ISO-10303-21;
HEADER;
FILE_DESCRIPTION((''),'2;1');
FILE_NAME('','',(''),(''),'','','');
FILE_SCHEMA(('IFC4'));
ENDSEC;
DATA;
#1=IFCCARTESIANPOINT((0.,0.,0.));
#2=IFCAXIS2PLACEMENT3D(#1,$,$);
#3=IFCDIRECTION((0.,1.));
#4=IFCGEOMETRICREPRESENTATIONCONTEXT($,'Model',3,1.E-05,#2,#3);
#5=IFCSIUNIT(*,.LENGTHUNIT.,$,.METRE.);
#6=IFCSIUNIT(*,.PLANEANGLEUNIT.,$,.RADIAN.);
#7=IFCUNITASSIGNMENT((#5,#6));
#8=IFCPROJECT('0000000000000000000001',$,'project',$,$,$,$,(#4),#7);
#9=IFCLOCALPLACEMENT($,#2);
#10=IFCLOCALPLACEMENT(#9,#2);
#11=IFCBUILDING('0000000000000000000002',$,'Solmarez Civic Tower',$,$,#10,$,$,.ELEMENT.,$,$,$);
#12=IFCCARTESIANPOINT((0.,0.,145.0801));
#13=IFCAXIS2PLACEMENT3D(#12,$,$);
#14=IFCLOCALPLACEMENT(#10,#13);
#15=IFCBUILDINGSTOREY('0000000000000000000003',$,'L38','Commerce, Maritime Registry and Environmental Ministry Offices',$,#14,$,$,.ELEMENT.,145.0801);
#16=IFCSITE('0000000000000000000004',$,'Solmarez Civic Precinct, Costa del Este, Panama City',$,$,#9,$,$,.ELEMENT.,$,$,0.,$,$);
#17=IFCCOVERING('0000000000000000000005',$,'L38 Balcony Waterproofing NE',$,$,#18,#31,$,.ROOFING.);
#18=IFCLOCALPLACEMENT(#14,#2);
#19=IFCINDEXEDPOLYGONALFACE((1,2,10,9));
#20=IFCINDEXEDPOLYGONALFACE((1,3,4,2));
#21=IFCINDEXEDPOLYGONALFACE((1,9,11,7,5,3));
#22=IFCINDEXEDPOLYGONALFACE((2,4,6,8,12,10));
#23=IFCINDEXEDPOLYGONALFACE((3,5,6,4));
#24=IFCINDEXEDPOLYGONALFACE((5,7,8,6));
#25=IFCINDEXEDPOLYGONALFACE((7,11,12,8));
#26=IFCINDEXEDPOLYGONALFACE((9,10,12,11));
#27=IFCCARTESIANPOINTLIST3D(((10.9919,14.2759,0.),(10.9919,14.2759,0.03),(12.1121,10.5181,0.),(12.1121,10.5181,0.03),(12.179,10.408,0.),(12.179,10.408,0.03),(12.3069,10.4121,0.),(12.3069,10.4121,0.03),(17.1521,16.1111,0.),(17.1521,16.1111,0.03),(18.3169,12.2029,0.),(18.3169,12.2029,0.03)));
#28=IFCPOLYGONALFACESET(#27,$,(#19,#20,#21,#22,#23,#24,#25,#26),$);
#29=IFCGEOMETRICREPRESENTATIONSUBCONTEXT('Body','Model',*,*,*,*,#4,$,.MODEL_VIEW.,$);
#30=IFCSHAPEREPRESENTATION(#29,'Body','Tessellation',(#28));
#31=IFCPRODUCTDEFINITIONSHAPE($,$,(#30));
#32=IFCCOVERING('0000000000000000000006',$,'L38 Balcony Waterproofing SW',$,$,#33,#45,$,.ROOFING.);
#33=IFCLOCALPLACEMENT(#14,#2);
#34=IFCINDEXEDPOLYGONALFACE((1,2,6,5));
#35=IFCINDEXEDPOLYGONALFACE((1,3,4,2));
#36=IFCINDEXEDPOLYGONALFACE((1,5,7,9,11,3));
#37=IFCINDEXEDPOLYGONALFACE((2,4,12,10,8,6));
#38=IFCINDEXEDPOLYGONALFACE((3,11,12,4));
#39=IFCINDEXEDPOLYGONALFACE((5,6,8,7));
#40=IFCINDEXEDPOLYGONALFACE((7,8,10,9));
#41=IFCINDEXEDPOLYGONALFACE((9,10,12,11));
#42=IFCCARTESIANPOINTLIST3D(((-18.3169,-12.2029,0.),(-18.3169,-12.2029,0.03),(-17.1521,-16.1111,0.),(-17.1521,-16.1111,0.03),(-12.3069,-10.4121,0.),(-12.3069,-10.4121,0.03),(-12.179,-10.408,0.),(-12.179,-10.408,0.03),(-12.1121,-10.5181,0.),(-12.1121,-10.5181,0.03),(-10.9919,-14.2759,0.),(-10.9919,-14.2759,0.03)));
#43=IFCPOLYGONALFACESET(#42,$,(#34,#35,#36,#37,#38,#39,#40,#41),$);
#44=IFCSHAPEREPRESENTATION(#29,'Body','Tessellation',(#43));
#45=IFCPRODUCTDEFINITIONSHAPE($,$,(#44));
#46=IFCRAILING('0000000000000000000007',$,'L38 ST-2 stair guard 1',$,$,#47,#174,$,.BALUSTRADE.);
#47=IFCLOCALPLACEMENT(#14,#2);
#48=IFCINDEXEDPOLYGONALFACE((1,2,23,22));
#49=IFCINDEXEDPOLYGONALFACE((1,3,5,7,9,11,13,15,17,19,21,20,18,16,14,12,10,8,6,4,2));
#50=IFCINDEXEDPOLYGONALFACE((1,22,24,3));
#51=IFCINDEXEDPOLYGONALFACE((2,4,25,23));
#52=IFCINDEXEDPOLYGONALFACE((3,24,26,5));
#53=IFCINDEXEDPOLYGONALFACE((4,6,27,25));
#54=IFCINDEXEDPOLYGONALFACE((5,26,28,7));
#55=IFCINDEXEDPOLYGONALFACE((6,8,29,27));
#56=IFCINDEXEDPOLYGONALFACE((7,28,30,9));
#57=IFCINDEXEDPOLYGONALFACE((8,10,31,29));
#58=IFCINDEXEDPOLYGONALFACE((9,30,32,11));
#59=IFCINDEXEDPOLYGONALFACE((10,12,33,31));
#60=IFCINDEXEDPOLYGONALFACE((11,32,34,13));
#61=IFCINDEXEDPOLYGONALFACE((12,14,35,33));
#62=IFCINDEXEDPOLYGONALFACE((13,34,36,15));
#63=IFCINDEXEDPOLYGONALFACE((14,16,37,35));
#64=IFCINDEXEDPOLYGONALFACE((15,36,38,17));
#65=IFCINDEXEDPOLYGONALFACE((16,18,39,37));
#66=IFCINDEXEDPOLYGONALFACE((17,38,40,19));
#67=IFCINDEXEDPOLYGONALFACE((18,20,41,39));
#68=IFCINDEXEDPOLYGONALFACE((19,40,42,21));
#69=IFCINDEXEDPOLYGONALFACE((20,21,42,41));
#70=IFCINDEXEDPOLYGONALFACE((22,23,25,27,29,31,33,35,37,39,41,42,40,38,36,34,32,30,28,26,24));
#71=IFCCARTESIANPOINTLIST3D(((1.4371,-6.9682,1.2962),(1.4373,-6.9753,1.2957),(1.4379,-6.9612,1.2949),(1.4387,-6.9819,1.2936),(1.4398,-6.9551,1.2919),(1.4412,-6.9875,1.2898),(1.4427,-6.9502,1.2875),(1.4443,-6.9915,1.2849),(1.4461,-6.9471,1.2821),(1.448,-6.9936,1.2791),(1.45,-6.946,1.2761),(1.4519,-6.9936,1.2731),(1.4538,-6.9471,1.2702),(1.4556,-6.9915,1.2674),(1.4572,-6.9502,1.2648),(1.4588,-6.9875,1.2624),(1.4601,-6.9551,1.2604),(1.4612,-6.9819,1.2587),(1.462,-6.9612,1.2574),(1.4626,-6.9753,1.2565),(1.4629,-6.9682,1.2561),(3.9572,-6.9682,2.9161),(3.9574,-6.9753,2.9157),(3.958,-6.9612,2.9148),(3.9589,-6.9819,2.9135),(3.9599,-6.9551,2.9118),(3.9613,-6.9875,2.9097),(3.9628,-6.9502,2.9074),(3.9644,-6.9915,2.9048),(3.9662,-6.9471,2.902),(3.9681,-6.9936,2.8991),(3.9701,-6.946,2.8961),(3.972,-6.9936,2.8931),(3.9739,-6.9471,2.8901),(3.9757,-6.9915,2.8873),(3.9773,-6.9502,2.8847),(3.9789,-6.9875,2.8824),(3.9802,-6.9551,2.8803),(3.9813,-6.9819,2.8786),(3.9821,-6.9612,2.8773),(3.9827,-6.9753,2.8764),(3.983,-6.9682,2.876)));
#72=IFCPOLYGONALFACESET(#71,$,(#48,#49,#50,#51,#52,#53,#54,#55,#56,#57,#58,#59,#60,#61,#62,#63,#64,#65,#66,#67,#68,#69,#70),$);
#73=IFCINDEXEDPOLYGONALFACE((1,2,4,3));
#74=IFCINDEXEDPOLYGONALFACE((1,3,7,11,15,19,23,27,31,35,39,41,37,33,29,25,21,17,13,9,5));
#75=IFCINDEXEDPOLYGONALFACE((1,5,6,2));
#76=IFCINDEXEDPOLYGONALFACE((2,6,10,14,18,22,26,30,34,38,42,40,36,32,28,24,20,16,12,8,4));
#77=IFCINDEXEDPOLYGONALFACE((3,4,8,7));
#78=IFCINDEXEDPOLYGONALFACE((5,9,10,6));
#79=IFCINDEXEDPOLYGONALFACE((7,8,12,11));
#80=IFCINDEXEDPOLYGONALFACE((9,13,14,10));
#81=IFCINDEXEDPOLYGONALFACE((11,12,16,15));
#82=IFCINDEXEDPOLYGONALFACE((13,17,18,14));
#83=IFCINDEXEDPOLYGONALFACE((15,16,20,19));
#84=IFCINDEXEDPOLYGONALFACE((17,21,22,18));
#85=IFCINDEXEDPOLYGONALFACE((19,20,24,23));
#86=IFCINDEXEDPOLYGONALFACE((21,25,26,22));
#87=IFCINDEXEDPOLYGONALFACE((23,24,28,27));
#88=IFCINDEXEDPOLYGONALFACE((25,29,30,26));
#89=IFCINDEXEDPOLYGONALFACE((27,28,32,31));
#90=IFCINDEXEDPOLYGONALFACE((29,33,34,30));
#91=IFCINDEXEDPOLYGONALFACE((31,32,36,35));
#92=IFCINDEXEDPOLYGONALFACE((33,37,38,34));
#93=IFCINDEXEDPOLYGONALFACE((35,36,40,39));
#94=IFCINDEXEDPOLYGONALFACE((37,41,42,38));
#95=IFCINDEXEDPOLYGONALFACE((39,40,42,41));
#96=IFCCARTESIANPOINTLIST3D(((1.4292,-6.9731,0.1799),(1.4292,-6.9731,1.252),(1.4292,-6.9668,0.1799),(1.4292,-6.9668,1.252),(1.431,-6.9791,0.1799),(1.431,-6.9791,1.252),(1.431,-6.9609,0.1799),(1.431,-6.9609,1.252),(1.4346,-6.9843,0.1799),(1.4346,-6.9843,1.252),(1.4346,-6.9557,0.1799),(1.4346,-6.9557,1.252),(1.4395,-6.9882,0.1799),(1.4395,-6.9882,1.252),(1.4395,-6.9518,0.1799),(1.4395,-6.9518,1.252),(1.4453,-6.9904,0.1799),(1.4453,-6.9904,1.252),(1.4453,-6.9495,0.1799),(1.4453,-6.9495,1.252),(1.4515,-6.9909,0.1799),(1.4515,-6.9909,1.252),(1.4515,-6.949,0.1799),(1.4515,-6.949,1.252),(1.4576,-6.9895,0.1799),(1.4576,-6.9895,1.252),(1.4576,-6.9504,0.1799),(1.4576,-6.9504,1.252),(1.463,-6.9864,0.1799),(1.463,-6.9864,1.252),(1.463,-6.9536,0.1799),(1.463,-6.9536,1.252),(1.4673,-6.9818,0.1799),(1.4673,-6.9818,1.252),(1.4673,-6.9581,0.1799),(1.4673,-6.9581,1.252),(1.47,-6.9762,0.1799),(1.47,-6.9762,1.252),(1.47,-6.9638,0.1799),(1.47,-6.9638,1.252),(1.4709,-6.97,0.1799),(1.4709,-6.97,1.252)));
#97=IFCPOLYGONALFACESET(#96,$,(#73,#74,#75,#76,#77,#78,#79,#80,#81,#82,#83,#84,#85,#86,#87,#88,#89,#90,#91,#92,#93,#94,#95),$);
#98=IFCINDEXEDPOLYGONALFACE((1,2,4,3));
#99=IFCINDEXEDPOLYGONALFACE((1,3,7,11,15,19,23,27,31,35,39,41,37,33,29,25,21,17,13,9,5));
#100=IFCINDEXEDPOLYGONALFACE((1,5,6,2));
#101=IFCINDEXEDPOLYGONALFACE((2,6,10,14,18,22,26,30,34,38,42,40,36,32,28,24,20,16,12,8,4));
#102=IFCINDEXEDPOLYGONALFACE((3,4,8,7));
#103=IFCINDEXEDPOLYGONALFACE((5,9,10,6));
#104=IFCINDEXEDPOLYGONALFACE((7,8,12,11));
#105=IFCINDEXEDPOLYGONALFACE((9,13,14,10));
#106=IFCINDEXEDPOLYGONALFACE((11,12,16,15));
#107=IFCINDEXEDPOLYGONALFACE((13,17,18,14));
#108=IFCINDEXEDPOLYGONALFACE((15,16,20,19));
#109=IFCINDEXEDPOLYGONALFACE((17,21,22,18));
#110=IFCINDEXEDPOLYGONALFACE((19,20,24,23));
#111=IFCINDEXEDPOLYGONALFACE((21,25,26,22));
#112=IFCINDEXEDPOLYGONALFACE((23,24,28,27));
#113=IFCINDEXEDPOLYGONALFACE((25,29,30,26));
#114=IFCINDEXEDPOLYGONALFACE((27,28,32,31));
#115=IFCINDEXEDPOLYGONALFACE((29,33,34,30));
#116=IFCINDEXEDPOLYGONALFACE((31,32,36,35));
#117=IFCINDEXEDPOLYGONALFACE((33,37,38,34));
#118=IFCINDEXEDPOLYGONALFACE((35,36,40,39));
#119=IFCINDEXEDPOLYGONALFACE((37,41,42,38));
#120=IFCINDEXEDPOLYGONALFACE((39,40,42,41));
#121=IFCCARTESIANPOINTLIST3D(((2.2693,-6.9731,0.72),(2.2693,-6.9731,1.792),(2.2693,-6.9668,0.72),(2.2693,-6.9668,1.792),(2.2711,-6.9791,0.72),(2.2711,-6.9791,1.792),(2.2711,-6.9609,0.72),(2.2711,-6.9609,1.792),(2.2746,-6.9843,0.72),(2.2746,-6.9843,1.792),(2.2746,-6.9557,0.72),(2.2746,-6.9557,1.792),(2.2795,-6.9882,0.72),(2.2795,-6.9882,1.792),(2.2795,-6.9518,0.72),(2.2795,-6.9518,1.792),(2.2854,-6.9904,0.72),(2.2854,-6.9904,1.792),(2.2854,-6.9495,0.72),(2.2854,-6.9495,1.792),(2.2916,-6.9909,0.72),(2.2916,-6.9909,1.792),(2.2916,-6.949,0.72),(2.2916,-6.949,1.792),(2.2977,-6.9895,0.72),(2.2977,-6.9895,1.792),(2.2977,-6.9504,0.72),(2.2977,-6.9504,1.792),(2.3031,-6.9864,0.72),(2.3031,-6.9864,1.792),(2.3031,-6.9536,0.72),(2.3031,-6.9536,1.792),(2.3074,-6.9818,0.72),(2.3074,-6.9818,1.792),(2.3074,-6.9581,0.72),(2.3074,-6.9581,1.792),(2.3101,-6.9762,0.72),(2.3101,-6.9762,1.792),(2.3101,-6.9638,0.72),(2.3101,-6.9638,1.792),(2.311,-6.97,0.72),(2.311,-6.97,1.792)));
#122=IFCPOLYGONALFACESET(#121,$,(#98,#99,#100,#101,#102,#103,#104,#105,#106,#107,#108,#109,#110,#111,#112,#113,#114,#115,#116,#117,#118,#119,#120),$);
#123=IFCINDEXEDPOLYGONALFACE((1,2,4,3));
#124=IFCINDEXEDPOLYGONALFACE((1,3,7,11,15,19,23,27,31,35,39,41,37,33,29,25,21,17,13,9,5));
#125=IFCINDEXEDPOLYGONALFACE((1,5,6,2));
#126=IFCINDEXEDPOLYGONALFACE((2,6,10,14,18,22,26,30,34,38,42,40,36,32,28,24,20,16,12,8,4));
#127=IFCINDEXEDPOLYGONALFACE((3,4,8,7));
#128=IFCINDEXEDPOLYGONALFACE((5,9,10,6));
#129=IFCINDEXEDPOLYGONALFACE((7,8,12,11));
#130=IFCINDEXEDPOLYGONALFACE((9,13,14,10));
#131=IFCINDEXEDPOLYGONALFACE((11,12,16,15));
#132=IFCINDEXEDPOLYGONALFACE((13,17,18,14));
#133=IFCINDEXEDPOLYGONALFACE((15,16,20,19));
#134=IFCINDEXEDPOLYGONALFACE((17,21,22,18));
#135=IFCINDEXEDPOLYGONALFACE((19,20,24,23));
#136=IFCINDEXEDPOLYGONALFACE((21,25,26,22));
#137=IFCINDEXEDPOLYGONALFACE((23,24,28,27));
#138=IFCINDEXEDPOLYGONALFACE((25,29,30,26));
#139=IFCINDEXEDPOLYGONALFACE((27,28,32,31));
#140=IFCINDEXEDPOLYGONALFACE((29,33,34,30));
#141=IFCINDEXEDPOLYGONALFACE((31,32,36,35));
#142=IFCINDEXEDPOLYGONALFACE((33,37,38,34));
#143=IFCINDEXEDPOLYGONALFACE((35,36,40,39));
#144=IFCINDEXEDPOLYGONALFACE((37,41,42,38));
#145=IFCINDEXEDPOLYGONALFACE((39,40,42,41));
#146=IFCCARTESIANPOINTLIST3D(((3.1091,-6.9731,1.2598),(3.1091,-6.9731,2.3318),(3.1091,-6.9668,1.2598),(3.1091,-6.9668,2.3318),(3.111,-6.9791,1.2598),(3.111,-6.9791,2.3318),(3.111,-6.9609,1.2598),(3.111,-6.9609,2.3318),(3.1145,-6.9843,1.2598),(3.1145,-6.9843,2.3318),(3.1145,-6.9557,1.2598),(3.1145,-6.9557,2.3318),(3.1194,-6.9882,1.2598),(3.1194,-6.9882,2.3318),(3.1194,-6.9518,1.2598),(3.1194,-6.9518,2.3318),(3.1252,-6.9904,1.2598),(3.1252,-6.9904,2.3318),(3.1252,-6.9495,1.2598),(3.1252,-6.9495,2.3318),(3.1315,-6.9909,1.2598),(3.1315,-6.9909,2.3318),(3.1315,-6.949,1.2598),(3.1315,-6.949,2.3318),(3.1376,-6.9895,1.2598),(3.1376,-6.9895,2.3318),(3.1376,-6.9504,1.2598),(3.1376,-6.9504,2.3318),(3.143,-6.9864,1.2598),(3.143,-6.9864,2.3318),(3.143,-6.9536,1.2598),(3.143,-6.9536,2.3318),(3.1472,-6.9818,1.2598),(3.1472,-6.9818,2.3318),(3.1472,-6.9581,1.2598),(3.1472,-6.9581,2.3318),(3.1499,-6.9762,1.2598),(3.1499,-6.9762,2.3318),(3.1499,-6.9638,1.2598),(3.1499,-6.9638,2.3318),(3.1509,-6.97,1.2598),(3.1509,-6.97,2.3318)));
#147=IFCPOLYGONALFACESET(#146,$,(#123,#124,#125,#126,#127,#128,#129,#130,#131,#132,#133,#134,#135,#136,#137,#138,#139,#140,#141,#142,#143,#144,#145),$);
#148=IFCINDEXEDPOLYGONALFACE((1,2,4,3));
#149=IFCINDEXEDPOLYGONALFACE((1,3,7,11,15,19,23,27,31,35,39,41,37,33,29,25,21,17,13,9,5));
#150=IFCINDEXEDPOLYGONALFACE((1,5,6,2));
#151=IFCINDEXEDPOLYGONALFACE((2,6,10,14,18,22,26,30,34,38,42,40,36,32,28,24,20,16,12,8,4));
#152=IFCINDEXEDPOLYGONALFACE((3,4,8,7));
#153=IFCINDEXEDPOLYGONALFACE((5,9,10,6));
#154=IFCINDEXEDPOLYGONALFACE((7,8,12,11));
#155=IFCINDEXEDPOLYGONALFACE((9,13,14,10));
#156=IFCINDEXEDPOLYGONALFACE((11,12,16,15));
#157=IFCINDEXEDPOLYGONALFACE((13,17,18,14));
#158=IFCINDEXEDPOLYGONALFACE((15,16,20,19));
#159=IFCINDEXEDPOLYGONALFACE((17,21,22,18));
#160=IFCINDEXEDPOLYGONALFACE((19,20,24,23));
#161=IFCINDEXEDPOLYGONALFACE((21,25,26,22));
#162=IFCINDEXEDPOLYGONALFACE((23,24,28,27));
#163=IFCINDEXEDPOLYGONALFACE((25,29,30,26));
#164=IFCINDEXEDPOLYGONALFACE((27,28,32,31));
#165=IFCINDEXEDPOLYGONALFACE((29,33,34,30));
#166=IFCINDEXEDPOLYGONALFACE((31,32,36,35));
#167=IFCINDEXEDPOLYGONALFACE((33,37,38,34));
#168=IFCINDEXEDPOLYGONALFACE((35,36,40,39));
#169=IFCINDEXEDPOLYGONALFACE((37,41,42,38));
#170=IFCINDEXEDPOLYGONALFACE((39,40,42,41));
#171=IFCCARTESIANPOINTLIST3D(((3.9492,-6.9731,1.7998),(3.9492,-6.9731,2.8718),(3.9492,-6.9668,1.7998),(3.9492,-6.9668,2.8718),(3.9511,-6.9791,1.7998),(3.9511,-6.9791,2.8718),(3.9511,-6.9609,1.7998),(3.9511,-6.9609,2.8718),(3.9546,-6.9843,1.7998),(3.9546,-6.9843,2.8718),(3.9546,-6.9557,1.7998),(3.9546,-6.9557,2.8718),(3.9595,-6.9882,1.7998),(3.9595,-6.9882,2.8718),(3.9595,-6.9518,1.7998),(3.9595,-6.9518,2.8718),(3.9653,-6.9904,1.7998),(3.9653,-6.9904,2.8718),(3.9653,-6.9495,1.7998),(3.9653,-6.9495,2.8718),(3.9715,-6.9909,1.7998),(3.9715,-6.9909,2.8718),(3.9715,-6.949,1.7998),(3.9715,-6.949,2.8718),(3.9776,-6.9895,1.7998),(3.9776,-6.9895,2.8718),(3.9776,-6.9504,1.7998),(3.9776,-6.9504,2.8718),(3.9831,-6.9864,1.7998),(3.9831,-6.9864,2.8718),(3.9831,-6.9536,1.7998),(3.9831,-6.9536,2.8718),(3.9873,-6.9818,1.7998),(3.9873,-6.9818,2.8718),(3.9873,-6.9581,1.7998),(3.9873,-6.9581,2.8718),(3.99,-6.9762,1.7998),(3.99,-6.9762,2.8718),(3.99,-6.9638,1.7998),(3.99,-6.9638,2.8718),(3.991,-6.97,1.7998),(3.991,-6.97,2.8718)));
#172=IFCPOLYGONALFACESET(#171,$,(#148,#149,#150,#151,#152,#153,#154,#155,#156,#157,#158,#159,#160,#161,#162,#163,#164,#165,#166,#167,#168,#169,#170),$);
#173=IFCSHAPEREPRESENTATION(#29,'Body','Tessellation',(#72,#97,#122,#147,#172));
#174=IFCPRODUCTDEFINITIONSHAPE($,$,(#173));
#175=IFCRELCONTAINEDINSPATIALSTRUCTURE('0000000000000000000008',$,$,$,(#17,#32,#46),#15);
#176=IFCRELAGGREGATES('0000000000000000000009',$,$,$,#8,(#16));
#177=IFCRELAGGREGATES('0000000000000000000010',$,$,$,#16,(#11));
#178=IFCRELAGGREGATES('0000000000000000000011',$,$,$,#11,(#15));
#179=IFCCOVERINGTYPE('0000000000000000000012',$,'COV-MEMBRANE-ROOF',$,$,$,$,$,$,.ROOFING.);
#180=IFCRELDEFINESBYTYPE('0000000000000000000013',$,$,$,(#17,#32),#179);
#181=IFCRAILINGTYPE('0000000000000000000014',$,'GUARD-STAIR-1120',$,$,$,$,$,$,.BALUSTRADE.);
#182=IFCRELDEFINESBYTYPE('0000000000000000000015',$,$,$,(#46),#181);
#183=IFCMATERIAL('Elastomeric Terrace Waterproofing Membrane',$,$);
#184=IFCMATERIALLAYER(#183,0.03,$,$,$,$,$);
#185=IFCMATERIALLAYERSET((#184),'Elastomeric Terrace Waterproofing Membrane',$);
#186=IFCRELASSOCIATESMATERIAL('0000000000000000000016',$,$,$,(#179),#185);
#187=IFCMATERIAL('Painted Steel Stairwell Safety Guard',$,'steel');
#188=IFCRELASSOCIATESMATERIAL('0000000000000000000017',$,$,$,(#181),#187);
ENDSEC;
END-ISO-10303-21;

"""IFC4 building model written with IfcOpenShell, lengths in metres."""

from ifc_helpers import new_model, si_unit, direction, frame, origin, origin_2d, place, context, subcontext, project, spatial, polyline, circle, outline, extrude, material, layer, layer_set, type_object, element, save


model = new_model("IFC4")

# Units and contexts
model_context = context("Model", 3, precision=1e-05, world=origin(), true_north=direction((0.0, 1.0)))
body_context = subcontext(model_context, "Body", "Model", "MODEL_VIEW")
ifc_project = project(units=[si_unit("LENGTHUNIT", "METRE"), si_unit("PLANEANGLEUNIT", "RADIAN")], contexts=[model_context])

# Site, building, storey
site_placement = place(None, origin())
site = spatial("IfcSite", under=ifc_project, at=site_placement, Name="Solmarez Civic Precinct, Costa del Este, Panama City", CompositionType="ELEMENT", RefElevation=0.0)
building_placement = place(site_placement, origin())
building = spatial("IfcBuilding", under=site, at=building_placement, Name="Solmarez Civic Tower", CompositionType="ELEMENT")
storey_placement = place(building_placement, frame((0.0, 0.0, 145.0801)))
storey = spatial("IfcBuildingStorey", under=building, at=storey_placement, Name="L38", Description="Commerce, Maritime Registry and Environmental Ministry Offices", CompositionType="ELEMENT", Elevation=145.0801)

# Coverings
ifc_material_1 = material(Name="Elastomeric Terrace Waterproofing Membrane")
ifc_layer_1 = layer(ifc_material_1, 0.03)
ifc_layer_set_1 = layer_set([ifc_layer_1], Name="Elastomeric Terrace Waterproofing Membrane")
covering_type = type_object("IfcCoveringType", Name="COV-MEMBRANE-ROOF", PredefinedType="ROOFING", material=ifc_layer_set_1)
covering_1_placement = place(storey_placement, origin())
element("IfcCovering", 1, at=covering_1_placement, inside=storey, type_object=covering_type, Name="L38 Balcony Waterproofing NE", PredefinedType="ROOFING", context=body_context, shape_type="SweptSolid", body=[
    extrude(outline(polyline([(12.1121, 10.5181), (12.179, 10.408), (12.3069, 10.4121), (18.3169, 12.2029), (17.1521, 16.1111), (10.9919, 14.2759), (12.1121, 10.5181)])), origin(), (0.0, 0.0, 1.0), 0.03),
])
covering_2_placement = place(storey_placement, origin())
element("IfcCovering", 2, at=covering_2_placement, inside=storey, type_object=covering_type, Name="L38 Balcony Waterproofing SW", PredefinedType="ROOFING", context=body_context, shape_type="SweptSolid", body=[
    extrude(outline(polyline([(-12.1121, -10.5181), (-12.179, -10.408), (-12.3069, -10.4121), (-18.3169, -12.2029), (-17.1521, -16.1111), (-10.9919, -14.2759), (-12.1121, -10.5181)])), origin(), (0.0, 0.0, 1.0), 0.03),
])

# Railing
ifc_material_2 = material(Name="Painted Steel Stairwell Safety Guard", Category="steel")
railing_type_1 = type_object("IfcRailingType", Name="GUARD-STAIR-1120", PredefinedType="BALUSTRADE", material=ifc_material_2)
railing_1_placement = place(storey_placement, frame((1.45, -6.97, 0.1799)))
element("IfcRailing", 3, at=railing_1_placement, inside=storey, type_object=railing_type_1, Name="L38 ST-2 stair guard 1", PredefinedType="BALUSTRADE", context=body_context, shape_type="SweptSolid", body=[
    extrude(circle(Radius=0.0239, at=origin_2d()), frame((0.0, 0.0, 1.0962), z_axis=(0.8412, 0.0, 0.540725), x_axis=(0.0, 1.0, 0.0)), (0.0, 0.0, 1.0), 2.9958),
    extrude(circle(Radius=0.021, at=origin_2d()), origin(), (0.0, 0.0, 1.0), 1.072),
    extrude(circle(Radius=0.021, at=origin_2d()), frame((0.8401, 0.0, 0.54)), (0.0, 0.0, 1.0), 1.072),
    extrude(circle(Radius=0.021, at=origin_2d()), frame((1.6799, 0.0, 1.0798)), (0.0, 0.0, 1.0), 1.072),
    extrude(circle(Radius=0.021, at=origin_2d()), frame((2.52, 0.0, 1.6199)), (0.0, 0.0, 1.0), 1.072),
])

save(model, "model.ifc")
